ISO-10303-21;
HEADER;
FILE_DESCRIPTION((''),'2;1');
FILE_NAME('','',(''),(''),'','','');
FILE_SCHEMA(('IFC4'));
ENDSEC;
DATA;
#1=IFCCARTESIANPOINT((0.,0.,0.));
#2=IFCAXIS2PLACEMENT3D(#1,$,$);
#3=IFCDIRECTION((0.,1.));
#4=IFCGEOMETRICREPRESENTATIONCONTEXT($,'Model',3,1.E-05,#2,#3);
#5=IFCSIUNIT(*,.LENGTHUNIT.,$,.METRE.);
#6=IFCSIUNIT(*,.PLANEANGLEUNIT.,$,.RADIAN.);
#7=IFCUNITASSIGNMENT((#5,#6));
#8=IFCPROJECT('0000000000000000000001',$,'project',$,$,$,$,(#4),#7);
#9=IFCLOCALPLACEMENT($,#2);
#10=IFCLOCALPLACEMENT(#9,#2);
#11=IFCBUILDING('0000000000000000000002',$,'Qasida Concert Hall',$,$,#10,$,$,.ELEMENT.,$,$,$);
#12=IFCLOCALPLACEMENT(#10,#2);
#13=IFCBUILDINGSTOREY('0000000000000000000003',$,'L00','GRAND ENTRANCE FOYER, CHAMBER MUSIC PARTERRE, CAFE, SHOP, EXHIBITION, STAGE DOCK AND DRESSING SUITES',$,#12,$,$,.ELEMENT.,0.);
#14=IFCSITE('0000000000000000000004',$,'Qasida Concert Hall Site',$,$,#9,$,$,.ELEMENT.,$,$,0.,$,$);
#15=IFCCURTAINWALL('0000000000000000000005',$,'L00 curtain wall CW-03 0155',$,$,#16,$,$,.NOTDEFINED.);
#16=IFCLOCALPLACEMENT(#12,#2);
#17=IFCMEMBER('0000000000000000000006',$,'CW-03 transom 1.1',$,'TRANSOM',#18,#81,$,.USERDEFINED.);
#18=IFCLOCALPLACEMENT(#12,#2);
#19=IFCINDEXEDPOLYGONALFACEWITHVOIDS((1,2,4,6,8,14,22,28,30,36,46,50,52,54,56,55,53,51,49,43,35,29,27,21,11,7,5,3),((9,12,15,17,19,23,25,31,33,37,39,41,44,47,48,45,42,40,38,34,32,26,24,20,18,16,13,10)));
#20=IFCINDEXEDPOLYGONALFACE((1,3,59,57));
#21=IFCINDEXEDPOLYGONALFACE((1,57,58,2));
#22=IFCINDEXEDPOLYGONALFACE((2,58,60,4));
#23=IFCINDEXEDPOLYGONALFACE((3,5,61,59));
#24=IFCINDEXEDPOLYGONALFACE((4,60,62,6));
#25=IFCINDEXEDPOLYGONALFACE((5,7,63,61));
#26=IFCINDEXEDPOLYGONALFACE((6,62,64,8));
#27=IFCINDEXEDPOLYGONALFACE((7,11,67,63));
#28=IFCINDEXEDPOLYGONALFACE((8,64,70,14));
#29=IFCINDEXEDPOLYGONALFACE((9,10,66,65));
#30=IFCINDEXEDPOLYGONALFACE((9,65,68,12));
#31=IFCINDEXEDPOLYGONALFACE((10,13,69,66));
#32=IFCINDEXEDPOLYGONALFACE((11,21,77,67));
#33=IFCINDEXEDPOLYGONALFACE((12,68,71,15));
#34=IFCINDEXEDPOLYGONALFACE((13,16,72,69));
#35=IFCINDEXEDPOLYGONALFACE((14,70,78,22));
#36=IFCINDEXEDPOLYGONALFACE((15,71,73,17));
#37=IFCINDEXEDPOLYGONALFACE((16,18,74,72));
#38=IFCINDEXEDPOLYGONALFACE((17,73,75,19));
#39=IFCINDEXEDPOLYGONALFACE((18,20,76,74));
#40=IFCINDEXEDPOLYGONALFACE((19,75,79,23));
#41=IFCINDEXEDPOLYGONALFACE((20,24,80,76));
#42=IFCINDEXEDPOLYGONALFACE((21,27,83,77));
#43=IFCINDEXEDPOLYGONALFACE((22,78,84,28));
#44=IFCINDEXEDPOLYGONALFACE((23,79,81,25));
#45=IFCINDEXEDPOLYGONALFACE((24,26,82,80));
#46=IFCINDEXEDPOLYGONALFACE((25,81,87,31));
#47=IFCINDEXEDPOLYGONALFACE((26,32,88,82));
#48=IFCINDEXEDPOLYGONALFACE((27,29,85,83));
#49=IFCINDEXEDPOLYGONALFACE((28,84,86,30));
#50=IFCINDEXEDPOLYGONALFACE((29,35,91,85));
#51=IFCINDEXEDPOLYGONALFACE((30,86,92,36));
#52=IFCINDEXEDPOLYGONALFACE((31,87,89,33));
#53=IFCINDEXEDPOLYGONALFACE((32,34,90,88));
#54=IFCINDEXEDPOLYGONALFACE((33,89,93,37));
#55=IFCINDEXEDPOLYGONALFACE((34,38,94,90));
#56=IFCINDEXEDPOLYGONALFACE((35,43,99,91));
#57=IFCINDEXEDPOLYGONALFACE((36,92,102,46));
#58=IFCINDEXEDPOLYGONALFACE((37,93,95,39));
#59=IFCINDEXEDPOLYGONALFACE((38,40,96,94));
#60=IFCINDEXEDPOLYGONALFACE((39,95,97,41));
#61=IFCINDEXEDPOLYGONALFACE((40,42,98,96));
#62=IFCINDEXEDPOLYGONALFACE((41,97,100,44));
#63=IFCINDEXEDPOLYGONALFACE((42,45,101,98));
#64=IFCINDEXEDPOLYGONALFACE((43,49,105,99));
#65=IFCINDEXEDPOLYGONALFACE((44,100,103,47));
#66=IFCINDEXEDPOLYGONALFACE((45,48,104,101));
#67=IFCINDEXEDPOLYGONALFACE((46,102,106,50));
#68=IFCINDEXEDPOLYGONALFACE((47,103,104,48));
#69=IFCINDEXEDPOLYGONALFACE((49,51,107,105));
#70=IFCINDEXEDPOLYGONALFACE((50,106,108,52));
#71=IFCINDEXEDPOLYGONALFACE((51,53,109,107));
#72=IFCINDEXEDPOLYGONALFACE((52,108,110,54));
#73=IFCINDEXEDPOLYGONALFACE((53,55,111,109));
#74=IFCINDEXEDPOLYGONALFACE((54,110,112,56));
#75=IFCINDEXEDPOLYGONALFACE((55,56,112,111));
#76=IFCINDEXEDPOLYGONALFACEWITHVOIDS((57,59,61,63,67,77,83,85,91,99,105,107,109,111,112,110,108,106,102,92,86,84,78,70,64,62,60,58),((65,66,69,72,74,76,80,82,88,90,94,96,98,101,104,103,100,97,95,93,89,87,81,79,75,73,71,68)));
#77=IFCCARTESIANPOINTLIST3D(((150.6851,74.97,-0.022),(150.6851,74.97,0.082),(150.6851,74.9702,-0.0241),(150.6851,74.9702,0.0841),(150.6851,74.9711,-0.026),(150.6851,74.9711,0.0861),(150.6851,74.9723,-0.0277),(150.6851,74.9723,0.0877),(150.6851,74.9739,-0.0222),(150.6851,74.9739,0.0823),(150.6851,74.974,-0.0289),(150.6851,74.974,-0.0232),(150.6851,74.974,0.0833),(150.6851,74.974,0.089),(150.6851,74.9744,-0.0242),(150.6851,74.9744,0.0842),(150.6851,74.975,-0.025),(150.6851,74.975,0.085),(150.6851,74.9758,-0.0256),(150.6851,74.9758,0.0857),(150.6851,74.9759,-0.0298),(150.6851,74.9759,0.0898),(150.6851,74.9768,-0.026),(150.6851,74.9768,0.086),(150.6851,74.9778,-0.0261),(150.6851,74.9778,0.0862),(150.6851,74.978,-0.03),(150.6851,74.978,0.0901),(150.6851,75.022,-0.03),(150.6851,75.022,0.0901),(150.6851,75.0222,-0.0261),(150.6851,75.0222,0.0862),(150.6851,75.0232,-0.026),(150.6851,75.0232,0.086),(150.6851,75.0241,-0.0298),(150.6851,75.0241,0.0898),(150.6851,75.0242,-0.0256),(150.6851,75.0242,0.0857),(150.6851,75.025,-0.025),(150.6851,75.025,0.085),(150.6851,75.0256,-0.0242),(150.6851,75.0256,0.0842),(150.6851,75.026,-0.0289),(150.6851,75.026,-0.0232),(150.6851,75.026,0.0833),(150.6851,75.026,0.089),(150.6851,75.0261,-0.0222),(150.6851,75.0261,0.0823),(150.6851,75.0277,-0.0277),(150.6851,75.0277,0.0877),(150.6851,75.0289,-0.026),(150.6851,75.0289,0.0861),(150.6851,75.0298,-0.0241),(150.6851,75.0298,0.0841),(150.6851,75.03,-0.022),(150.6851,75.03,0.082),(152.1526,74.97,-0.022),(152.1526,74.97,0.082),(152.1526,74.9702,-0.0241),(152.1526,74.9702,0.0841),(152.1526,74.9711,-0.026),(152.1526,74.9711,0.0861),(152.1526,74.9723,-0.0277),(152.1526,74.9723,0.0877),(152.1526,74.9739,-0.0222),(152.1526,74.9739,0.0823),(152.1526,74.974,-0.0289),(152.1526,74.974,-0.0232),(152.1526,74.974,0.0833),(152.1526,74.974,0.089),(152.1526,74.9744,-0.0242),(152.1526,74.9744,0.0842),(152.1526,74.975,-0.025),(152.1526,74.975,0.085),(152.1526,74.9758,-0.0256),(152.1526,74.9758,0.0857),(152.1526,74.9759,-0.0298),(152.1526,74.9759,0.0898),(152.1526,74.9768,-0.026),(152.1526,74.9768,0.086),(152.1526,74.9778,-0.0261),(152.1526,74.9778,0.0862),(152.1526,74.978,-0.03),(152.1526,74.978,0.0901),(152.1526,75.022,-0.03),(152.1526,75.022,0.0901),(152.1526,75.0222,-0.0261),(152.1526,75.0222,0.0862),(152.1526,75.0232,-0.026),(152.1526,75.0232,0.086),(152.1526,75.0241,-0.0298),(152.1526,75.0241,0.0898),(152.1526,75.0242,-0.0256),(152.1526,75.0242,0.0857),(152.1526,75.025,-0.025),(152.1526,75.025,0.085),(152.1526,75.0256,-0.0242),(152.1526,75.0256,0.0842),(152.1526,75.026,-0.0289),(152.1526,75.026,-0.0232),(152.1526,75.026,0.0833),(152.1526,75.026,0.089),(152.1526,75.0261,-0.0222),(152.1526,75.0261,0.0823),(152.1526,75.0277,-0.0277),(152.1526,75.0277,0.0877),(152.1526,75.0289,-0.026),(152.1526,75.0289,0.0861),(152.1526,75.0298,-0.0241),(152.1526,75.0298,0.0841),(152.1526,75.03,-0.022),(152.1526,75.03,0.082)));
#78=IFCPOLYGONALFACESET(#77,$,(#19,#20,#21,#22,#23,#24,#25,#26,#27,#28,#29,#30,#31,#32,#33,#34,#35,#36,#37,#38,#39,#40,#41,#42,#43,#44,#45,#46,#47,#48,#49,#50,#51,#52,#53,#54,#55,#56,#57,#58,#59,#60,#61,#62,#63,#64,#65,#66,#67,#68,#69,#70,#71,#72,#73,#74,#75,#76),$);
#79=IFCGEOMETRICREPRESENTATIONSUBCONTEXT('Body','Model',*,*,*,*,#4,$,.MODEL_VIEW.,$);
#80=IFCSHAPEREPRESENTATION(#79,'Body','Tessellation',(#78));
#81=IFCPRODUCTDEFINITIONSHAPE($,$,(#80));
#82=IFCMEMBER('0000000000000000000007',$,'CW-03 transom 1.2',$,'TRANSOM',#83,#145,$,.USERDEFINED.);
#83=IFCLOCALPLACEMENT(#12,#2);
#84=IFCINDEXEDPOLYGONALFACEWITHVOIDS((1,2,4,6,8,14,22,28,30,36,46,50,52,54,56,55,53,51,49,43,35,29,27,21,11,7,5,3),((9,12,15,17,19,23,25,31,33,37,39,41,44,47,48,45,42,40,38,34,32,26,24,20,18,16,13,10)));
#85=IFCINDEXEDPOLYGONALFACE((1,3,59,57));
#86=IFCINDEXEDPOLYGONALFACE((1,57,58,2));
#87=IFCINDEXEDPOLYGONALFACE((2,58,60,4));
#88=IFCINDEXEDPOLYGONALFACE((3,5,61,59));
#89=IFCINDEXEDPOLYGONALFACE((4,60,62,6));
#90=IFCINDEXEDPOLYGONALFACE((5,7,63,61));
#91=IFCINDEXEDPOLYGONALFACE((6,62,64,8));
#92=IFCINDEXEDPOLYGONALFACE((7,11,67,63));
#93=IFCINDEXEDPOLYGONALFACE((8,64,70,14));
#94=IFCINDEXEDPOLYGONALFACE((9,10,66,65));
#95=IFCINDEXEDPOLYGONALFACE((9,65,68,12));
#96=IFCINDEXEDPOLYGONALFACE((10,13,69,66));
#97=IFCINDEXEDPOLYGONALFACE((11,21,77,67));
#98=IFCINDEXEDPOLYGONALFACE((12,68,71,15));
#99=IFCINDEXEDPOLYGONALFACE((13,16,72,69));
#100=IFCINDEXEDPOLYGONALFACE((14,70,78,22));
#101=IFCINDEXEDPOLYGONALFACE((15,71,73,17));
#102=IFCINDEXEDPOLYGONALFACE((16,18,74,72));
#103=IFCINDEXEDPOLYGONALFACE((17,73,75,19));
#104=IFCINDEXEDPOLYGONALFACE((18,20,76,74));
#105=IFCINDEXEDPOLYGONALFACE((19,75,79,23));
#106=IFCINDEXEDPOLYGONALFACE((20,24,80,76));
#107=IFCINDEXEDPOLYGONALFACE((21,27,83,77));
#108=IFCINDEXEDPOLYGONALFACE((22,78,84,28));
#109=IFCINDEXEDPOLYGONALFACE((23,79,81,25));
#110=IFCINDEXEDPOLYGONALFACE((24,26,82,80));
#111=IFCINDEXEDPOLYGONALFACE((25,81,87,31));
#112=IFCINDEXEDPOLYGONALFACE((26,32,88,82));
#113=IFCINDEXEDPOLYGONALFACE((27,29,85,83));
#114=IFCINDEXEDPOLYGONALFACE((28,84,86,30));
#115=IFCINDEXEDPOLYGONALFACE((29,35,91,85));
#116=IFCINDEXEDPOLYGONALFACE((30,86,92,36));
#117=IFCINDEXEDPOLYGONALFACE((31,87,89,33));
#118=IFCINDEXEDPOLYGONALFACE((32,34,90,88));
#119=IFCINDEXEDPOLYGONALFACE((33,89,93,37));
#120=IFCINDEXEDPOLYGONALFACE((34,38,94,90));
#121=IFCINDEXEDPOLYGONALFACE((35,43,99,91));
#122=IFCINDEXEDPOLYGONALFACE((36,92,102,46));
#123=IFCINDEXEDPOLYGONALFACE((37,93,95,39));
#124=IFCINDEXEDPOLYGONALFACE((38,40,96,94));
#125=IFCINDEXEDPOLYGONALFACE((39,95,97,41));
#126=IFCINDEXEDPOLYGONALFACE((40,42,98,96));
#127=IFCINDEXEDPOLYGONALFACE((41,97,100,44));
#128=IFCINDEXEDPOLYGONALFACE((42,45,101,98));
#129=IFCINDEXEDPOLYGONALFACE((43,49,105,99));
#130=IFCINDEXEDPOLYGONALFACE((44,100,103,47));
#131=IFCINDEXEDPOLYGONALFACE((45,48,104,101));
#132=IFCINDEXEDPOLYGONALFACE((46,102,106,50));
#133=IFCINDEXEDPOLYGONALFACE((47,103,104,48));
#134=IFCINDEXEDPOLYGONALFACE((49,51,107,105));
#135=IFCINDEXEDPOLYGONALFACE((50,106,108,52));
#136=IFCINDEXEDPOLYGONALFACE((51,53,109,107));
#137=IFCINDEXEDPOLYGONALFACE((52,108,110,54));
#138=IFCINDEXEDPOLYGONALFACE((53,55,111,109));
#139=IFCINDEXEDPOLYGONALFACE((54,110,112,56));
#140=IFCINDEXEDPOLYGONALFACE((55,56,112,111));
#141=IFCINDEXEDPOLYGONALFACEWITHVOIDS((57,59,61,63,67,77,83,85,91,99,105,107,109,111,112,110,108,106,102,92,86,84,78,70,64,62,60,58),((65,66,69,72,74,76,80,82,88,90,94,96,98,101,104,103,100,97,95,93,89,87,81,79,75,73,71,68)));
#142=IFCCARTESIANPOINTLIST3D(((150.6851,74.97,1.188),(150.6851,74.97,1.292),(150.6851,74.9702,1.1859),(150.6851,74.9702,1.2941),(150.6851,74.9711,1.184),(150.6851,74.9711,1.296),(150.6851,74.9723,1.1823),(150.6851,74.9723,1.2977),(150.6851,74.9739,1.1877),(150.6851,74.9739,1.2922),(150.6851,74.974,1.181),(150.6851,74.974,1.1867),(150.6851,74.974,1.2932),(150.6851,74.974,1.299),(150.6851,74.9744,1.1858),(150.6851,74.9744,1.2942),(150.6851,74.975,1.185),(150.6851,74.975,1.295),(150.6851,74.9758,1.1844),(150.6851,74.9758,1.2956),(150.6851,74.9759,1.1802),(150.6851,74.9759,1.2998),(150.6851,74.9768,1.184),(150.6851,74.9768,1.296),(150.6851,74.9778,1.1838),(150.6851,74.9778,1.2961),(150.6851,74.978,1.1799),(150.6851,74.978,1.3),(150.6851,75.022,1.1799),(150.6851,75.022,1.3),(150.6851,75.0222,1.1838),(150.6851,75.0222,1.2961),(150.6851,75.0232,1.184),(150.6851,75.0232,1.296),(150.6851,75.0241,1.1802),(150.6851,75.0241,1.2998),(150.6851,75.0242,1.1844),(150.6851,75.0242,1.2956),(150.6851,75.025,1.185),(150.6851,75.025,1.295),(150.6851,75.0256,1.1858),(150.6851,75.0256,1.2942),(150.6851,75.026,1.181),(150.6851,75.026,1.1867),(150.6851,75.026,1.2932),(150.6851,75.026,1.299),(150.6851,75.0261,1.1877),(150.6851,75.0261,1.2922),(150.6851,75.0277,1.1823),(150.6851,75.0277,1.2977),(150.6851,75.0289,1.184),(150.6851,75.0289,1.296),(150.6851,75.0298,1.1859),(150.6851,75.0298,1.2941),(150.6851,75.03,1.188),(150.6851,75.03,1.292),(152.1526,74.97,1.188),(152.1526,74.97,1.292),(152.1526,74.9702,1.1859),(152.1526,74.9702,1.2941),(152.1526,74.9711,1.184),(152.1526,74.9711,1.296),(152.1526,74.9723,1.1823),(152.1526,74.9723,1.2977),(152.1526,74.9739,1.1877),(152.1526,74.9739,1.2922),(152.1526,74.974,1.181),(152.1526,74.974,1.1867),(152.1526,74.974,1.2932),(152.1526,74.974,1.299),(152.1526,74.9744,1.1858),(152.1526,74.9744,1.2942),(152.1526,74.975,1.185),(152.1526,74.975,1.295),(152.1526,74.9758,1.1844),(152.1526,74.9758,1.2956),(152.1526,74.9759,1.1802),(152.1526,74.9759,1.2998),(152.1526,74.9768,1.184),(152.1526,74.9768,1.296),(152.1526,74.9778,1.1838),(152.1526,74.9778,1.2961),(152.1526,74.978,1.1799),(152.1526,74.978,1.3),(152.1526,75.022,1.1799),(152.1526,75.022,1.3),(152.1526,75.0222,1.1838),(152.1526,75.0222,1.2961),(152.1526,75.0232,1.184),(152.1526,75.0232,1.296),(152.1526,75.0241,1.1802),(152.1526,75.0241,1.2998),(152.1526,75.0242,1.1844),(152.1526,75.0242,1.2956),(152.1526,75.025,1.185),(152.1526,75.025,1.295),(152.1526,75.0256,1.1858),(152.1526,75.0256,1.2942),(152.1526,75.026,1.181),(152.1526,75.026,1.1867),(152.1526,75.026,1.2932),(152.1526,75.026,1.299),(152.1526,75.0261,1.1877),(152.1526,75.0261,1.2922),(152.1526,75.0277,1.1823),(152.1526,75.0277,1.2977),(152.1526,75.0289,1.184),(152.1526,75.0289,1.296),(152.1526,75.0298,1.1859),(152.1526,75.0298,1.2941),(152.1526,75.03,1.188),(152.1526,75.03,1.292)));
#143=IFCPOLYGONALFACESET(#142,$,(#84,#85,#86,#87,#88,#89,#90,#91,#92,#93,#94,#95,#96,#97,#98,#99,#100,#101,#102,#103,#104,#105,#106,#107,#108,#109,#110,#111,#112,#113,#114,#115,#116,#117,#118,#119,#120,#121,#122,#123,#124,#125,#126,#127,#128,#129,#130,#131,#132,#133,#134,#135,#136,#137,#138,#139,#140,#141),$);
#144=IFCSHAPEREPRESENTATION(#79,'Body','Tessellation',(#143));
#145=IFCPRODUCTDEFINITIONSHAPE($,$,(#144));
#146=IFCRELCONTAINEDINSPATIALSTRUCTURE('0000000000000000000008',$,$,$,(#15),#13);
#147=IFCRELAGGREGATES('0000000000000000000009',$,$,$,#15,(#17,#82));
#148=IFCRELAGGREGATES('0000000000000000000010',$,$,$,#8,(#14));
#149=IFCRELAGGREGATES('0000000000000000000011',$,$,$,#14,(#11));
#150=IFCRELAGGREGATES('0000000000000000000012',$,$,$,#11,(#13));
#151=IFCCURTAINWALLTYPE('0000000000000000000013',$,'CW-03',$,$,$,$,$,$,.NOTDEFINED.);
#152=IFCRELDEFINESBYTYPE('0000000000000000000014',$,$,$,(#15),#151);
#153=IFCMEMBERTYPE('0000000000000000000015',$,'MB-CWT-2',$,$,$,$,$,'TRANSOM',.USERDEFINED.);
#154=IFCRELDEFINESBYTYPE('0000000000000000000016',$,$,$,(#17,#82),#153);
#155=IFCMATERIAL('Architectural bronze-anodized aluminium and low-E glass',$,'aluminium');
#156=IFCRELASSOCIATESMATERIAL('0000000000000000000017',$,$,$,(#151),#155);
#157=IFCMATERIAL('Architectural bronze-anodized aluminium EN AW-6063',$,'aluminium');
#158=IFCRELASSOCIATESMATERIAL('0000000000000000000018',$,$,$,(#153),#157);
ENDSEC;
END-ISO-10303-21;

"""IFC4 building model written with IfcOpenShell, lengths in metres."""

from ifc_helpers import new_model, si_unit, direction, frame, origin, origin_2d, place, context, subcontext, project, spatial, hollow_rectangle, extrude, material, material_profile, profile_set, type_object, element, aggregate, save


model = new_model("IFC4")

# Units and contexts
model_context = context("Model", 3, precision=1e-05, world=origin(), true_north=direction((0.0, 1.0)))
body_context = subcontext(model_context, "Body", "Model", "MODEL_VIEW")
ifc_project = project(units=[si_unit("LENGTHUNIT", "METRE"), si_unit("PLANEANGLEUNIT", "RADIAN")], contexts=[model_context])

# Site, building, storey
site_placement = place(None, origin())
site = spatial("IfcSite", under=ifc_project, at=site_placement, Name="Qasida Concert Hall Site", CompositionType="ELEMENT", RefElevation=0.0)
building_placement = place(site_placement, origin())
building = spatial("IfcBuilding", under=site, at=building_placement, Name="Qasida Concert Hall", CompositionType="ELEMENT")
storey_placement = place(building_placement, origin())
storey = spatial("IfcBuildingStorey", under=building, at=storey_placement, Name="L00", Description="GRAND ENTRANCE FOYER, CHAMBER MUSIC PARTERRE, CAFE, SHOP, EXHIBITION, STAGE DOCK AND DRESSING SUITES", CompositionType="ELEMENT", Elevation=0.0)

# Curtain wall, members
ifc_material_1 = material(Name="Architectural bronze-anodized aluminium and low-E glass", Category="aluminium")
curtain_wall_type = type_object("IfcCurtainWallType", Name="CW-03", PredefinedType="NOTDEFINED", material=ifc_material_1)
curtain_wall_placement = place(storey_placement, origin())
curtain_wall = element("IfcCurtainWall", 1, at=curtain_wall_placement, inside=storey, type_object=curtain_wall_type, Name="L00 curtain wall CW-03 0155", PredefinedType="NOTDEFINED")
ifc_material_2 = material(Name="Architectural bronze-anodized aluminium EN AW-6063", Category="aluminium")
ifc_material_profile_1 = material_profile(ifc_material_2, hollow_rectangle(XDim=0.0601, YDim=0.1201, WallThickness=0.0039, InnerFilletRadius=0.0039, OuterFilletRadius=0.0081, at=origin_2d()), Name="CWT 120x60x4")
ifc_profile_set_1 = profile_set([ifc_material_profile_1], Name="Architectural bronze-anodized aluminium EN AW-6063")
member_type = type_object("IfcMemberType", Name="MB-CWT-2", ElementType="TRANSOM", PredefinedType="USERDEFINED", material=ifc_profile_set_1)
member_1_placement = place(storey_placement, frame((150.6851, 75.0, 0.03), z_axis=(1.0, 0.0, 0.0), x_axis=(0.0, 1.0, 0.0)))
member_1 = element("IfcMember", 2, at=member_1_placement, type_object=member_type, Name="CW-03 transom 1.1", ObjectType="TRANSOM", PredefinedType="USERDEFINED", context=body_context, shape_type="SweptSolid", body=[
    extrude(hollow_rectangle(XDim=0.0601, YDim=0.1201, WallThickness=0.0039, InnerFilletRadius=0.0039, OuterFilletRadius=0.0081, at=origin_2d()), origin(), (0.0, 0.0, 1.0), 1.4675),
])
member_2_placement = place(storey_placement, frame((150.6851, 75.0, 1.24), z_axis=(1.0, 0.0, 0.0), x_axis=(0.0, 1.0, 0.0)))
member_2 = element("IfcMember", 3, at=member_2_placement, type_object=member_type, Name="CW-03 transom 1.2", ObjectType="TRANSOM", PredefinedType="USERDEFINED", context=body_context, shape_type="SweptSolid", body=[
    extrude(hollow_rectangle(XDim=0.0601, YDim=0.1201, WallThickness=0.0039, InnerFilletRadius=0.0039, OuterFilletRadius=0.0081, at=origin_2d()), origin(), (0.0, 0.0, 1.0), 1.4675),
])
aggregate(curtain_wall, [member_1, member_2])

save(model, "model.ifc")
